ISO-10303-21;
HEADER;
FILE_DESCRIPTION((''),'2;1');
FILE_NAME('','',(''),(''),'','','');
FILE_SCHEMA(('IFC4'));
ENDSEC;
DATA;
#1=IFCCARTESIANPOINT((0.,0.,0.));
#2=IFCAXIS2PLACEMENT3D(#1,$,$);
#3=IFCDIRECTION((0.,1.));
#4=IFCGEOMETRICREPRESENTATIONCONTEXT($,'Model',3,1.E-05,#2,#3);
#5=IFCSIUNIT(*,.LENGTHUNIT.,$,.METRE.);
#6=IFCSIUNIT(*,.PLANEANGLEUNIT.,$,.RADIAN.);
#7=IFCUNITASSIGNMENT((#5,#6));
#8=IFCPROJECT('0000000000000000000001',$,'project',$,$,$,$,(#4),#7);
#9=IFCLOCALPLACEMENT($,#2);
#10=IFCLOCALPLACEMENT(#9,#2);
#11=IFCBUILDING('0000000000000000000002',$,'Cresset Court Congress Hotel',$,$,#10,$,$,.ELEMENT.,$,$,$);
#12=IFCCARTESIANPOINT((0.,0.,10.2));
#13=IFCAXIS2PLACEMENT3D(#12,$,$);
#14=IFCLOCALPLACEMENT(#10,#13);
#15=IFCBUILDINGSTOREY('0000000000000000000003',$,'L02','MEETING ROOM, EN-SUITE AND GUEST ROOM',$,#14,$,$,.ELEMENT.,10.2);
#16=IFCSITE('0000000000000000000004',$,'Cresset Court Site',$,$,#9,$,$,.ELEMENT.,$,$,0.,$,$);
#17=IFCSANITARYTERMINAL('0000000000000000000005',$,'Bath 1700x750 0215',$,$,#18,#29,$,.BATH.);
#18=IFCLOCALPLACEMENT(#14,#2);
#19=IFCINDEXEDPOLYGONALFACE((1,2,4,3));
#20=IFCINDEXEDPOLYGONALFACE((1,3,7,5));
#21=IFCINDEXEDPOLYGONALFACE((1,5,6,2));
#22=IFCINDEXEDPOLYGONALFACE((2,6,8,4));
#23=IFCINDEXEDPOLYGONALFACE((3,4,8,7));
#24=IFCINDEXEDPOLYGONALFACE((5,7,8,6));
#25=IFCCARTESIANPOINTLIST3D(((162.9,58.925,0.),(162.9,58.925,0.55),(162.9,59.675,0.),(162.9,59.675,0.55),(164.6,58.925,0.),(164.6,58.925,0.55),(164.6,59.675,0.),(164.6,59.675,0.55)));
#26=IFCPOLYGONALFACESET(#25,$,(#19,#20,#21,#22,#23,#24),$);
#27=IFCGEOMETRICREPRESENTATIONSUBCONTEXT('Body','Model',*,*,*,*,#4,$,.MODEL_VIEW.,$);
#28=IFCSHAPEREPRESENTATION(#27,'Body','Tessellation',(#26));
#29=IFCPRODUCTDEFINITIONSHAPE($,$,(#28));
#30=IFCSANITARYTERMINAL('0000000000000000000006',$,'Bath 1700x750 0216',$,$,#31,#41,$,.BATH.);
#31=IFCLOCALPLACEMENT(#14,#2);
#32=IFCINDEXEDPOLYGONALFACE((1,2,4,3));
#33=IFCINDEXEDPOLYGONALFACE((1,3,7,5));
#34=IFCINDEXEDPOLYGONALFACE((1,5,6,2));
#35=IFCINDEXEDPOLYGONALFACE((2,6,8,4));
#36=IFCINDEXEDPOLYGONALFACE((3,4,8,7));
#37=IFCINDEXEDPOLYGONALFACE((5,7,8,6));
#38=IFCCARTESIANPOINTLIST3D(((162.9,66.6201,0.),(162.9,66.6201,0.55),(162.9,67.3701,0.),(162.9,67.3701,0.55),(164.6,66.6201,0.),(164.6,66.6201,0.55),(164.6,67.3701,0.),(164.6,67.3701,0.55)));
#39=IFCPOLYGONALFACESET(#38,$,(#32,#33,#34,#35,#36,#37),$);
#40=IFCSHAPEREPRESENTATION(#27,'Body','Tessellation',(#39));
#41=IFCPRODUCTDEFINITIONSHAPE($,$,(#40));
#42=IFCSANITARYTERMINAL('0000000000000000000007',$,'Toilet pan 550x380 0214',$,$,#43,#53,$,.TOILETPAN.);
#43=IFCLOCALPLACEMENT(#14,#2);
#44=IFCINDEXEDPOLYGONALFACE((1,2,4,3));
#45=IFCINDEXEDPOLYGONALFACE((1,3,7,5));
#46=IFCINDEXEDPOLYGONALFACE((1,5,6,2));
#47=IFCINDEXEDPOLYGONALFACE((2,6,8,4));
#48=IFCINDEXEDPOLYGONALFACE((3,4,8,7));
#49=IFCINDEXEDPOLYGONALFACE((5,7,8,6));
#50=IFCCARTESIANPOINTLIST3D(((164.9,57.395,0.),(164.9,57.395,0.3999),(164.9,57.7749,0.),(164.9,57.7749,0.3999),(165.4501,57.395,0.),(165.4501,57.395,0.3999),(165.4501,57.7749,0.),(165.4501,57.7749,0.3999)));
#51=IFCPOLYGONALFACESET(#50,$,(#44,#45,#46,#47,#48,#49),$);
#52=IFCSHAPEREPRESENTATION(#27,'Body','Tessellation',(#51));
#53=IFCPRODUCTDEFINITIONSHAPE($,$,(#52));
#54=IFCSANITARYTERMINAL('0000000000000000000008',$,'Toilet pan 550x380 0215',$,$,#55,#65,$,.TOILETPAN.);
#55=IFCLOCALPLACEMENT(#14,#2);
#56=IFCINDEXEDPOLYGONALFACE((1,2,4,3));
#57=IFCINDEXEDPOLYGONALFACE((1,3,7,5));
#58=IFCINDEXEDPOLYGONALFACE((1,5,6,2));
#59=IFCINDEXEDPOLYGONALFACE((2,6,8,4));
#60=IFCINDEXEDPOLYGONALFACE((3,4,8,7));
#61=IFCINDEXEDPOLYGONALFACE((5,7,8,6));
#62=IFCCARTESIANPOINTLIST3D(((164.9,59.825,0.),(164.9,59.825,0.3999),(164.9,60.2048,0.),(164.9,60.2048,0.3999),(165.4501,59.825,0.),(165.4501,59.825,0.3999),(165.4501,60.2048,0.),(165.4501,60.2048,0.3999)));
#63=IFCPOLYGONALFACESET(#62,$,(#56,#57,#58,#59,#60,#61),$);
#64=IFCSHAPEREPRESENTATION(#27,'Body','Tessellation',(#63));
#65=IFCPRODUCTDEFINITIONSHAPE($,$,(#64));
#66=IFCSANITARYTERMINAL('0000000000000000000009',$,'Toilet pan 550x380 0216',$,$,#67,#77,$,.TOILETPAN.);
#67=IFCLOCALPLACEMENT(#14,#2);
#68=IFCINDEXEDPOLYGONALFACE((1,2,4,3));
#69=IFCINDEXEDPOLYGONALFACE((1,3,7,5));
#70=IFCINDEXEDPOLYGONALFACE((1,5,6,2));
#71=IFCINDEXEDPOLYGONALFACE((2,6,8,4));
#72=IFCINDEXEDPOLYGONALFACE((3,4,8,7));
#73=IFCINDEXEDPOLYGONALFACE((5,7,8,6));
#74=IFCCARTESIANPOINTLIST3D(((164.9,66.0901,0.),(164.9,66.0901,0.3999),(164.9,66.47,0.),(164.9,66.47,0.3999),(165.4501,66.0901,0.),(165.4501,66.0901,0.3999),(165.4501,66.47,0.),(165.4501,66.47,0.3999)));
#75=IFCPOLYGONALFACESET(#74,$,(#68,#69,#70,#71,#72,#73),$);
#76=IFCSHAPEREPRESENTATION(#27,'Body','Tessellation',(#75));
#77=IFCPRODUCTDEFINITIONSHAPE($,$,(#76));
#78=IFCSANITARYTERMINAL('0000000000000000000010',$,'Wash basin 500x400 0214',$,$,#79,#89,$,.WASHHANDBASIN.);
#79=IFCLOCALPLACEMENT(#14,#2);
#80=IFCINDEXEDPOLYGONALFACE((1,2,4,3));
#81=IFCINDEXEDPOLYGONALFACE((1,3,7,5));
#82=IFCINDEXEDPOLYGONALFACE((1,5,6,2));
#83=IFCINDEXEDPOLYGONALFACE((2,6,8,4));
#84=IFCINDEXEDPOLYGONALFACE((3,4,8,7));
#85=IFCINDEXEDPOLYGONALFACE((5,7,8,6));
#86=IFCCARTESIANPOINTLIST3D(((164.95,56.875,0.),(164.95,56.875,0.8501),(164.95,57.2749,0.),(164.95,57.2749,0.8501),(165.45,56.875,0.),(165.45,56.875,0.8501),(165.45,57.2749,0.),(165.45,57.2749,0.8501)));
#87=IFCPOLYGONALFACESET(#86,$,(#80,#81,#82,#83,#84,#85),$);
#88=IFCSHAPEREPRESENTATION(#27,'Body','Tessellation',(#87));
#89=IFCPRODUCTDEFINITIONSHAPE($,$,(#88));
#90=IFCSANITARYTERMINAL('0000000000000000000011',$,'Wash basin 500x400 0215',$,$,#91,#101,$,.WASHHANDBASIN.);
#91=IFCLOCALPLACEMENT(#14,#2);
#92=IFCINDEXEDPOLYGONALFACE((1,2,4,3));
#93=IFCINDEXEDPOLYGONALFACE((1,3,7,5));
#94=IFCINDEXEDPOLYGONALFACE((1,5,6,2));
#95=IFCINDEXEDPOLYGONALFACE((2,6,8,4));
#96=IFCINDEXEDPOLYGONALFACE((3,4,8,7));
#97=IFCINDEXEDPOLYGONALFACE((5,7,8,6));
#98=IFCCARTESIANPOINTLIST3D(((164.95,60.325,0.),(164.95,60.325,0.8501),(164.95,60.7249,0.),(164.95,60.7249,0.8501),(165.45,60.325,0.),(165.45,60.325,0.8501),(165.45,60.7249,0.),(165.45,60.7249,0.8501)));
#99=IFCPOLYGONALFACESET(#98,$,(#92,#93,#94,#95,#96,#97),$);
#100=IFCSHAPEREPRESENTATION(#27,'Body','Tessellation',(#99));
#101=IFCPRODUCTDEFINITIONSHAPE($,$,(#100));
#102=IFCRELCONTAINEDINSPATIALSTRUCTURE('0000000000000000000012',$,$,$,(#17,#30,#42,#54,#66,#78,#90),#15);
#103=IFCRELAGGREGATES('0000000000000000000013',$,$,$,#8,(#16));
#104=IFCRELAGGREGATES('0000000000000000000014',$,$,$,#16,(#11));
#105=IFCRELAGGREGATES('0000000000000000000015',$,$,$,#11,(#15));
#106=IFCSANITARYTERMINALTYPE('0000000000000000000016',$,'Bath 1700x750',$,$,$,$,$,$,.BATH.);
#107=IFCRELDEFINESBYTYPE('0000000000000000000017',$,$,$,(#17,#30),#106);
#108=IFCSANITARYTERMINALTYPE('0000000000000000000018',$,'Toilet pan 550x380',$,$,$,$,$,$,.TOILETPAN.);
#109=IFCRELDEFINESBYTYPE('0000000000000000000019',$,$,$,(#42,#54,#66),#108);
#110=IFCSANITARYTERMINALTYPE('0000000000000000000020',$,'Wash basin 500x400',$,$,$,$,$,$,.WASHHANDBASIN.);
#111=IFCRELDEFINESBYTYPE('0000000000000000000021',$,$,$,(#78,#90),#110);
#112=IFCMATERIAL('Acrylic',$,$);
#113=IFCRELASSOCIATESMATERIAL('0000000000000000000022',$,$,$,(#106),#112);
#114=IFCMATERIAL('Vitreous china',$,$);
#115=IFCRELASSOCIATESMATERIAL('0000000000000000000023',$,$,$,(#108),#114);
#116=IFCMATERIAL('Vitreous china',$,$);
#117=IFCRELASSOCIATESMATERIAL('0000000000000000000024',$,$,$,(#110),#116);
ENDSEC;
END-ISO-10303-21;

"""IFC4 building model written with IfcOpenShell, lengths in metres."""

from ifc_helpers import new_model, si_unit, direction, frame, origin, origin_2d, place, context, subcontext, project, spatial, rectangle, extrude, material, type_object, element, save


model = new_model("IFC4")

# Units and contexts
model_context = context("Model", 3, precision=1e-05, world=origin(), true_north=direction((0.0, 1.0)))
body_context = subcontext(model_context, "Body", "Model", "MODEL_VIEW")
ifc_project = project(units=[si_unit("LENGTHUNIT", "METRE"), si_unit("PLANEANGLEUNIT", "RADIAN")], contexts=[model_context])

# Site, building, storey
site_placement = place(None, origin())
site = spatial("IfcSite", under=ifc_project, at=site_placement, Name="Cresset Court Site", CompositionType="ELEMENT", RefElevation=0.0)
building_placement = place(site_placement, origin())
building = spatial("IfcBuilding", under=site, at=building_placement, Name="Cresset Court Congress Hotel", CompositionType="ELEMENT")
storey_placement = place(building_placement, frame((0.0, 0.0, 10.2)))
storey = spatial("IfcBuildingStorey", under=building, at=storey_placement, Name="L02", Description="MEETING ROOM, EN-SUITE AND GUEST ROOM", CompositionType="ELEMENT", Elevation=10.2)

# Sanitary terminals
ifc_material_1 = material(Name="Acrylic")
sanitary_terminal_type_1 = type_object("IfcSanitaryTerminalType", Name="Bath 1700x750", PredefinedType="BATH", material=ifc_material_1)
for number, where, z_axis, x_axis, name in (
    (1, (163.75, 59.3, 0.0), (0.0, 0.0, 1.0), (1.0, 0.0, 0.0), "Bath 1700x750 0215"),
    (2, (163.75, 66.9951, 0.0), (0.0, 0.0, 1.0), (1.0, 0.0, 0.0), "Bath 1700x750 0216"),
):
    element("IfcSanitaryTerminal", number, at=place(storey_placement, frame(where, z_axis=z_axis, x_axis=x_axis)), inside=storey, type_object=sanitary_terminal_type_1, Name=name, PredefinedType="BATH", context=body_context, shape_type="SweptSolid", body=[
        extrude(rectangle(XDim=1.7, YDim=0.75, at=origin_2d()), origin(), (0.0, 0.0, 1.0), 0.55),
    ])
ifc_material_2 = material(Name="Vitreous china")
sanitary_terminal_type_2 = type_object("IfcSanitaryTerminalType", Name="Toilet pan 550x380", PredefinedType="TOILETPAN", material=ifc_material_2)
for number, where, z_axis, x_axis, name in (
    (3, (165.175, 57.585, 0.0), (0.0, 0.0, 1.0), (1.0, 0.0, 0.0), "Toilet pan 550x380 0214"),
    (4, (165.175, 60.0149, 0.0), (0.0, 0.0, 1.0), (1.0, 0.0, 0.0), "Toilet pan 550x380 0215"),
    (5, (165.175, 66.28, 0.0), (0.0, 0.0, 1.0), (1.0, 0.0, 0.0), "Toilet pan 550x380 0216"),
):
    element("IfcSanitaryTerminal", number, at=place(storey_placement, frame(where, z_axis=z_axis, x_axis=x_axis)), inside=storey, type_object=sanitary_terminal_type_2, Name=name, PredefinedType="TOILETPAN", context=body_context, shape_type="SweptSolid", body=[
        extrude(rectangle(XDim=0.55, YDim=0.3799, at=origin_2d()), origin(), (0.0, 0.0, 1.0), 0.3999),
    ])
ifc_material_3 = material(Name="Vitreous china")
sanitary_terminal_type_3 = type_object("IfcSanitaryTerminalType", Name="Wash basin 500x400", PredefinedType="WASHHANDBASIN", material=ifc_material_3)
for number, where, z_axis, x_axis, name in (
    (6, (165.2, 57.075, 0.0), (0.0, 0.0, 1.0), (1.0, 0.0, 0.0), "Wash basin 500x400 0214"),
    (7, (165.2, 60.5249, 0.0), (0.0, 0.0, 1.0), (1.0, 0.0, 0.0), "Wash basin 500x400 0215"),
):
    element("IfcSanitaryTerminal", number, at=place(storey_placement, frame(where, z_axis=z_axis, x_axis=x_axis)), inside=storey, type_object=sanitary_terminal_type_3, Name=name, PredefinedType="WASHHANDBASIN", context=body_context, shape_type="SweptSolid", body=[
        extrude(rectangle(XDim=0.5, YDim=0.3999, at=origin_2d()), origin(), (0.0, 0.0, 1.0), 0.8501),
    ])

save(model, "model.ifc")
